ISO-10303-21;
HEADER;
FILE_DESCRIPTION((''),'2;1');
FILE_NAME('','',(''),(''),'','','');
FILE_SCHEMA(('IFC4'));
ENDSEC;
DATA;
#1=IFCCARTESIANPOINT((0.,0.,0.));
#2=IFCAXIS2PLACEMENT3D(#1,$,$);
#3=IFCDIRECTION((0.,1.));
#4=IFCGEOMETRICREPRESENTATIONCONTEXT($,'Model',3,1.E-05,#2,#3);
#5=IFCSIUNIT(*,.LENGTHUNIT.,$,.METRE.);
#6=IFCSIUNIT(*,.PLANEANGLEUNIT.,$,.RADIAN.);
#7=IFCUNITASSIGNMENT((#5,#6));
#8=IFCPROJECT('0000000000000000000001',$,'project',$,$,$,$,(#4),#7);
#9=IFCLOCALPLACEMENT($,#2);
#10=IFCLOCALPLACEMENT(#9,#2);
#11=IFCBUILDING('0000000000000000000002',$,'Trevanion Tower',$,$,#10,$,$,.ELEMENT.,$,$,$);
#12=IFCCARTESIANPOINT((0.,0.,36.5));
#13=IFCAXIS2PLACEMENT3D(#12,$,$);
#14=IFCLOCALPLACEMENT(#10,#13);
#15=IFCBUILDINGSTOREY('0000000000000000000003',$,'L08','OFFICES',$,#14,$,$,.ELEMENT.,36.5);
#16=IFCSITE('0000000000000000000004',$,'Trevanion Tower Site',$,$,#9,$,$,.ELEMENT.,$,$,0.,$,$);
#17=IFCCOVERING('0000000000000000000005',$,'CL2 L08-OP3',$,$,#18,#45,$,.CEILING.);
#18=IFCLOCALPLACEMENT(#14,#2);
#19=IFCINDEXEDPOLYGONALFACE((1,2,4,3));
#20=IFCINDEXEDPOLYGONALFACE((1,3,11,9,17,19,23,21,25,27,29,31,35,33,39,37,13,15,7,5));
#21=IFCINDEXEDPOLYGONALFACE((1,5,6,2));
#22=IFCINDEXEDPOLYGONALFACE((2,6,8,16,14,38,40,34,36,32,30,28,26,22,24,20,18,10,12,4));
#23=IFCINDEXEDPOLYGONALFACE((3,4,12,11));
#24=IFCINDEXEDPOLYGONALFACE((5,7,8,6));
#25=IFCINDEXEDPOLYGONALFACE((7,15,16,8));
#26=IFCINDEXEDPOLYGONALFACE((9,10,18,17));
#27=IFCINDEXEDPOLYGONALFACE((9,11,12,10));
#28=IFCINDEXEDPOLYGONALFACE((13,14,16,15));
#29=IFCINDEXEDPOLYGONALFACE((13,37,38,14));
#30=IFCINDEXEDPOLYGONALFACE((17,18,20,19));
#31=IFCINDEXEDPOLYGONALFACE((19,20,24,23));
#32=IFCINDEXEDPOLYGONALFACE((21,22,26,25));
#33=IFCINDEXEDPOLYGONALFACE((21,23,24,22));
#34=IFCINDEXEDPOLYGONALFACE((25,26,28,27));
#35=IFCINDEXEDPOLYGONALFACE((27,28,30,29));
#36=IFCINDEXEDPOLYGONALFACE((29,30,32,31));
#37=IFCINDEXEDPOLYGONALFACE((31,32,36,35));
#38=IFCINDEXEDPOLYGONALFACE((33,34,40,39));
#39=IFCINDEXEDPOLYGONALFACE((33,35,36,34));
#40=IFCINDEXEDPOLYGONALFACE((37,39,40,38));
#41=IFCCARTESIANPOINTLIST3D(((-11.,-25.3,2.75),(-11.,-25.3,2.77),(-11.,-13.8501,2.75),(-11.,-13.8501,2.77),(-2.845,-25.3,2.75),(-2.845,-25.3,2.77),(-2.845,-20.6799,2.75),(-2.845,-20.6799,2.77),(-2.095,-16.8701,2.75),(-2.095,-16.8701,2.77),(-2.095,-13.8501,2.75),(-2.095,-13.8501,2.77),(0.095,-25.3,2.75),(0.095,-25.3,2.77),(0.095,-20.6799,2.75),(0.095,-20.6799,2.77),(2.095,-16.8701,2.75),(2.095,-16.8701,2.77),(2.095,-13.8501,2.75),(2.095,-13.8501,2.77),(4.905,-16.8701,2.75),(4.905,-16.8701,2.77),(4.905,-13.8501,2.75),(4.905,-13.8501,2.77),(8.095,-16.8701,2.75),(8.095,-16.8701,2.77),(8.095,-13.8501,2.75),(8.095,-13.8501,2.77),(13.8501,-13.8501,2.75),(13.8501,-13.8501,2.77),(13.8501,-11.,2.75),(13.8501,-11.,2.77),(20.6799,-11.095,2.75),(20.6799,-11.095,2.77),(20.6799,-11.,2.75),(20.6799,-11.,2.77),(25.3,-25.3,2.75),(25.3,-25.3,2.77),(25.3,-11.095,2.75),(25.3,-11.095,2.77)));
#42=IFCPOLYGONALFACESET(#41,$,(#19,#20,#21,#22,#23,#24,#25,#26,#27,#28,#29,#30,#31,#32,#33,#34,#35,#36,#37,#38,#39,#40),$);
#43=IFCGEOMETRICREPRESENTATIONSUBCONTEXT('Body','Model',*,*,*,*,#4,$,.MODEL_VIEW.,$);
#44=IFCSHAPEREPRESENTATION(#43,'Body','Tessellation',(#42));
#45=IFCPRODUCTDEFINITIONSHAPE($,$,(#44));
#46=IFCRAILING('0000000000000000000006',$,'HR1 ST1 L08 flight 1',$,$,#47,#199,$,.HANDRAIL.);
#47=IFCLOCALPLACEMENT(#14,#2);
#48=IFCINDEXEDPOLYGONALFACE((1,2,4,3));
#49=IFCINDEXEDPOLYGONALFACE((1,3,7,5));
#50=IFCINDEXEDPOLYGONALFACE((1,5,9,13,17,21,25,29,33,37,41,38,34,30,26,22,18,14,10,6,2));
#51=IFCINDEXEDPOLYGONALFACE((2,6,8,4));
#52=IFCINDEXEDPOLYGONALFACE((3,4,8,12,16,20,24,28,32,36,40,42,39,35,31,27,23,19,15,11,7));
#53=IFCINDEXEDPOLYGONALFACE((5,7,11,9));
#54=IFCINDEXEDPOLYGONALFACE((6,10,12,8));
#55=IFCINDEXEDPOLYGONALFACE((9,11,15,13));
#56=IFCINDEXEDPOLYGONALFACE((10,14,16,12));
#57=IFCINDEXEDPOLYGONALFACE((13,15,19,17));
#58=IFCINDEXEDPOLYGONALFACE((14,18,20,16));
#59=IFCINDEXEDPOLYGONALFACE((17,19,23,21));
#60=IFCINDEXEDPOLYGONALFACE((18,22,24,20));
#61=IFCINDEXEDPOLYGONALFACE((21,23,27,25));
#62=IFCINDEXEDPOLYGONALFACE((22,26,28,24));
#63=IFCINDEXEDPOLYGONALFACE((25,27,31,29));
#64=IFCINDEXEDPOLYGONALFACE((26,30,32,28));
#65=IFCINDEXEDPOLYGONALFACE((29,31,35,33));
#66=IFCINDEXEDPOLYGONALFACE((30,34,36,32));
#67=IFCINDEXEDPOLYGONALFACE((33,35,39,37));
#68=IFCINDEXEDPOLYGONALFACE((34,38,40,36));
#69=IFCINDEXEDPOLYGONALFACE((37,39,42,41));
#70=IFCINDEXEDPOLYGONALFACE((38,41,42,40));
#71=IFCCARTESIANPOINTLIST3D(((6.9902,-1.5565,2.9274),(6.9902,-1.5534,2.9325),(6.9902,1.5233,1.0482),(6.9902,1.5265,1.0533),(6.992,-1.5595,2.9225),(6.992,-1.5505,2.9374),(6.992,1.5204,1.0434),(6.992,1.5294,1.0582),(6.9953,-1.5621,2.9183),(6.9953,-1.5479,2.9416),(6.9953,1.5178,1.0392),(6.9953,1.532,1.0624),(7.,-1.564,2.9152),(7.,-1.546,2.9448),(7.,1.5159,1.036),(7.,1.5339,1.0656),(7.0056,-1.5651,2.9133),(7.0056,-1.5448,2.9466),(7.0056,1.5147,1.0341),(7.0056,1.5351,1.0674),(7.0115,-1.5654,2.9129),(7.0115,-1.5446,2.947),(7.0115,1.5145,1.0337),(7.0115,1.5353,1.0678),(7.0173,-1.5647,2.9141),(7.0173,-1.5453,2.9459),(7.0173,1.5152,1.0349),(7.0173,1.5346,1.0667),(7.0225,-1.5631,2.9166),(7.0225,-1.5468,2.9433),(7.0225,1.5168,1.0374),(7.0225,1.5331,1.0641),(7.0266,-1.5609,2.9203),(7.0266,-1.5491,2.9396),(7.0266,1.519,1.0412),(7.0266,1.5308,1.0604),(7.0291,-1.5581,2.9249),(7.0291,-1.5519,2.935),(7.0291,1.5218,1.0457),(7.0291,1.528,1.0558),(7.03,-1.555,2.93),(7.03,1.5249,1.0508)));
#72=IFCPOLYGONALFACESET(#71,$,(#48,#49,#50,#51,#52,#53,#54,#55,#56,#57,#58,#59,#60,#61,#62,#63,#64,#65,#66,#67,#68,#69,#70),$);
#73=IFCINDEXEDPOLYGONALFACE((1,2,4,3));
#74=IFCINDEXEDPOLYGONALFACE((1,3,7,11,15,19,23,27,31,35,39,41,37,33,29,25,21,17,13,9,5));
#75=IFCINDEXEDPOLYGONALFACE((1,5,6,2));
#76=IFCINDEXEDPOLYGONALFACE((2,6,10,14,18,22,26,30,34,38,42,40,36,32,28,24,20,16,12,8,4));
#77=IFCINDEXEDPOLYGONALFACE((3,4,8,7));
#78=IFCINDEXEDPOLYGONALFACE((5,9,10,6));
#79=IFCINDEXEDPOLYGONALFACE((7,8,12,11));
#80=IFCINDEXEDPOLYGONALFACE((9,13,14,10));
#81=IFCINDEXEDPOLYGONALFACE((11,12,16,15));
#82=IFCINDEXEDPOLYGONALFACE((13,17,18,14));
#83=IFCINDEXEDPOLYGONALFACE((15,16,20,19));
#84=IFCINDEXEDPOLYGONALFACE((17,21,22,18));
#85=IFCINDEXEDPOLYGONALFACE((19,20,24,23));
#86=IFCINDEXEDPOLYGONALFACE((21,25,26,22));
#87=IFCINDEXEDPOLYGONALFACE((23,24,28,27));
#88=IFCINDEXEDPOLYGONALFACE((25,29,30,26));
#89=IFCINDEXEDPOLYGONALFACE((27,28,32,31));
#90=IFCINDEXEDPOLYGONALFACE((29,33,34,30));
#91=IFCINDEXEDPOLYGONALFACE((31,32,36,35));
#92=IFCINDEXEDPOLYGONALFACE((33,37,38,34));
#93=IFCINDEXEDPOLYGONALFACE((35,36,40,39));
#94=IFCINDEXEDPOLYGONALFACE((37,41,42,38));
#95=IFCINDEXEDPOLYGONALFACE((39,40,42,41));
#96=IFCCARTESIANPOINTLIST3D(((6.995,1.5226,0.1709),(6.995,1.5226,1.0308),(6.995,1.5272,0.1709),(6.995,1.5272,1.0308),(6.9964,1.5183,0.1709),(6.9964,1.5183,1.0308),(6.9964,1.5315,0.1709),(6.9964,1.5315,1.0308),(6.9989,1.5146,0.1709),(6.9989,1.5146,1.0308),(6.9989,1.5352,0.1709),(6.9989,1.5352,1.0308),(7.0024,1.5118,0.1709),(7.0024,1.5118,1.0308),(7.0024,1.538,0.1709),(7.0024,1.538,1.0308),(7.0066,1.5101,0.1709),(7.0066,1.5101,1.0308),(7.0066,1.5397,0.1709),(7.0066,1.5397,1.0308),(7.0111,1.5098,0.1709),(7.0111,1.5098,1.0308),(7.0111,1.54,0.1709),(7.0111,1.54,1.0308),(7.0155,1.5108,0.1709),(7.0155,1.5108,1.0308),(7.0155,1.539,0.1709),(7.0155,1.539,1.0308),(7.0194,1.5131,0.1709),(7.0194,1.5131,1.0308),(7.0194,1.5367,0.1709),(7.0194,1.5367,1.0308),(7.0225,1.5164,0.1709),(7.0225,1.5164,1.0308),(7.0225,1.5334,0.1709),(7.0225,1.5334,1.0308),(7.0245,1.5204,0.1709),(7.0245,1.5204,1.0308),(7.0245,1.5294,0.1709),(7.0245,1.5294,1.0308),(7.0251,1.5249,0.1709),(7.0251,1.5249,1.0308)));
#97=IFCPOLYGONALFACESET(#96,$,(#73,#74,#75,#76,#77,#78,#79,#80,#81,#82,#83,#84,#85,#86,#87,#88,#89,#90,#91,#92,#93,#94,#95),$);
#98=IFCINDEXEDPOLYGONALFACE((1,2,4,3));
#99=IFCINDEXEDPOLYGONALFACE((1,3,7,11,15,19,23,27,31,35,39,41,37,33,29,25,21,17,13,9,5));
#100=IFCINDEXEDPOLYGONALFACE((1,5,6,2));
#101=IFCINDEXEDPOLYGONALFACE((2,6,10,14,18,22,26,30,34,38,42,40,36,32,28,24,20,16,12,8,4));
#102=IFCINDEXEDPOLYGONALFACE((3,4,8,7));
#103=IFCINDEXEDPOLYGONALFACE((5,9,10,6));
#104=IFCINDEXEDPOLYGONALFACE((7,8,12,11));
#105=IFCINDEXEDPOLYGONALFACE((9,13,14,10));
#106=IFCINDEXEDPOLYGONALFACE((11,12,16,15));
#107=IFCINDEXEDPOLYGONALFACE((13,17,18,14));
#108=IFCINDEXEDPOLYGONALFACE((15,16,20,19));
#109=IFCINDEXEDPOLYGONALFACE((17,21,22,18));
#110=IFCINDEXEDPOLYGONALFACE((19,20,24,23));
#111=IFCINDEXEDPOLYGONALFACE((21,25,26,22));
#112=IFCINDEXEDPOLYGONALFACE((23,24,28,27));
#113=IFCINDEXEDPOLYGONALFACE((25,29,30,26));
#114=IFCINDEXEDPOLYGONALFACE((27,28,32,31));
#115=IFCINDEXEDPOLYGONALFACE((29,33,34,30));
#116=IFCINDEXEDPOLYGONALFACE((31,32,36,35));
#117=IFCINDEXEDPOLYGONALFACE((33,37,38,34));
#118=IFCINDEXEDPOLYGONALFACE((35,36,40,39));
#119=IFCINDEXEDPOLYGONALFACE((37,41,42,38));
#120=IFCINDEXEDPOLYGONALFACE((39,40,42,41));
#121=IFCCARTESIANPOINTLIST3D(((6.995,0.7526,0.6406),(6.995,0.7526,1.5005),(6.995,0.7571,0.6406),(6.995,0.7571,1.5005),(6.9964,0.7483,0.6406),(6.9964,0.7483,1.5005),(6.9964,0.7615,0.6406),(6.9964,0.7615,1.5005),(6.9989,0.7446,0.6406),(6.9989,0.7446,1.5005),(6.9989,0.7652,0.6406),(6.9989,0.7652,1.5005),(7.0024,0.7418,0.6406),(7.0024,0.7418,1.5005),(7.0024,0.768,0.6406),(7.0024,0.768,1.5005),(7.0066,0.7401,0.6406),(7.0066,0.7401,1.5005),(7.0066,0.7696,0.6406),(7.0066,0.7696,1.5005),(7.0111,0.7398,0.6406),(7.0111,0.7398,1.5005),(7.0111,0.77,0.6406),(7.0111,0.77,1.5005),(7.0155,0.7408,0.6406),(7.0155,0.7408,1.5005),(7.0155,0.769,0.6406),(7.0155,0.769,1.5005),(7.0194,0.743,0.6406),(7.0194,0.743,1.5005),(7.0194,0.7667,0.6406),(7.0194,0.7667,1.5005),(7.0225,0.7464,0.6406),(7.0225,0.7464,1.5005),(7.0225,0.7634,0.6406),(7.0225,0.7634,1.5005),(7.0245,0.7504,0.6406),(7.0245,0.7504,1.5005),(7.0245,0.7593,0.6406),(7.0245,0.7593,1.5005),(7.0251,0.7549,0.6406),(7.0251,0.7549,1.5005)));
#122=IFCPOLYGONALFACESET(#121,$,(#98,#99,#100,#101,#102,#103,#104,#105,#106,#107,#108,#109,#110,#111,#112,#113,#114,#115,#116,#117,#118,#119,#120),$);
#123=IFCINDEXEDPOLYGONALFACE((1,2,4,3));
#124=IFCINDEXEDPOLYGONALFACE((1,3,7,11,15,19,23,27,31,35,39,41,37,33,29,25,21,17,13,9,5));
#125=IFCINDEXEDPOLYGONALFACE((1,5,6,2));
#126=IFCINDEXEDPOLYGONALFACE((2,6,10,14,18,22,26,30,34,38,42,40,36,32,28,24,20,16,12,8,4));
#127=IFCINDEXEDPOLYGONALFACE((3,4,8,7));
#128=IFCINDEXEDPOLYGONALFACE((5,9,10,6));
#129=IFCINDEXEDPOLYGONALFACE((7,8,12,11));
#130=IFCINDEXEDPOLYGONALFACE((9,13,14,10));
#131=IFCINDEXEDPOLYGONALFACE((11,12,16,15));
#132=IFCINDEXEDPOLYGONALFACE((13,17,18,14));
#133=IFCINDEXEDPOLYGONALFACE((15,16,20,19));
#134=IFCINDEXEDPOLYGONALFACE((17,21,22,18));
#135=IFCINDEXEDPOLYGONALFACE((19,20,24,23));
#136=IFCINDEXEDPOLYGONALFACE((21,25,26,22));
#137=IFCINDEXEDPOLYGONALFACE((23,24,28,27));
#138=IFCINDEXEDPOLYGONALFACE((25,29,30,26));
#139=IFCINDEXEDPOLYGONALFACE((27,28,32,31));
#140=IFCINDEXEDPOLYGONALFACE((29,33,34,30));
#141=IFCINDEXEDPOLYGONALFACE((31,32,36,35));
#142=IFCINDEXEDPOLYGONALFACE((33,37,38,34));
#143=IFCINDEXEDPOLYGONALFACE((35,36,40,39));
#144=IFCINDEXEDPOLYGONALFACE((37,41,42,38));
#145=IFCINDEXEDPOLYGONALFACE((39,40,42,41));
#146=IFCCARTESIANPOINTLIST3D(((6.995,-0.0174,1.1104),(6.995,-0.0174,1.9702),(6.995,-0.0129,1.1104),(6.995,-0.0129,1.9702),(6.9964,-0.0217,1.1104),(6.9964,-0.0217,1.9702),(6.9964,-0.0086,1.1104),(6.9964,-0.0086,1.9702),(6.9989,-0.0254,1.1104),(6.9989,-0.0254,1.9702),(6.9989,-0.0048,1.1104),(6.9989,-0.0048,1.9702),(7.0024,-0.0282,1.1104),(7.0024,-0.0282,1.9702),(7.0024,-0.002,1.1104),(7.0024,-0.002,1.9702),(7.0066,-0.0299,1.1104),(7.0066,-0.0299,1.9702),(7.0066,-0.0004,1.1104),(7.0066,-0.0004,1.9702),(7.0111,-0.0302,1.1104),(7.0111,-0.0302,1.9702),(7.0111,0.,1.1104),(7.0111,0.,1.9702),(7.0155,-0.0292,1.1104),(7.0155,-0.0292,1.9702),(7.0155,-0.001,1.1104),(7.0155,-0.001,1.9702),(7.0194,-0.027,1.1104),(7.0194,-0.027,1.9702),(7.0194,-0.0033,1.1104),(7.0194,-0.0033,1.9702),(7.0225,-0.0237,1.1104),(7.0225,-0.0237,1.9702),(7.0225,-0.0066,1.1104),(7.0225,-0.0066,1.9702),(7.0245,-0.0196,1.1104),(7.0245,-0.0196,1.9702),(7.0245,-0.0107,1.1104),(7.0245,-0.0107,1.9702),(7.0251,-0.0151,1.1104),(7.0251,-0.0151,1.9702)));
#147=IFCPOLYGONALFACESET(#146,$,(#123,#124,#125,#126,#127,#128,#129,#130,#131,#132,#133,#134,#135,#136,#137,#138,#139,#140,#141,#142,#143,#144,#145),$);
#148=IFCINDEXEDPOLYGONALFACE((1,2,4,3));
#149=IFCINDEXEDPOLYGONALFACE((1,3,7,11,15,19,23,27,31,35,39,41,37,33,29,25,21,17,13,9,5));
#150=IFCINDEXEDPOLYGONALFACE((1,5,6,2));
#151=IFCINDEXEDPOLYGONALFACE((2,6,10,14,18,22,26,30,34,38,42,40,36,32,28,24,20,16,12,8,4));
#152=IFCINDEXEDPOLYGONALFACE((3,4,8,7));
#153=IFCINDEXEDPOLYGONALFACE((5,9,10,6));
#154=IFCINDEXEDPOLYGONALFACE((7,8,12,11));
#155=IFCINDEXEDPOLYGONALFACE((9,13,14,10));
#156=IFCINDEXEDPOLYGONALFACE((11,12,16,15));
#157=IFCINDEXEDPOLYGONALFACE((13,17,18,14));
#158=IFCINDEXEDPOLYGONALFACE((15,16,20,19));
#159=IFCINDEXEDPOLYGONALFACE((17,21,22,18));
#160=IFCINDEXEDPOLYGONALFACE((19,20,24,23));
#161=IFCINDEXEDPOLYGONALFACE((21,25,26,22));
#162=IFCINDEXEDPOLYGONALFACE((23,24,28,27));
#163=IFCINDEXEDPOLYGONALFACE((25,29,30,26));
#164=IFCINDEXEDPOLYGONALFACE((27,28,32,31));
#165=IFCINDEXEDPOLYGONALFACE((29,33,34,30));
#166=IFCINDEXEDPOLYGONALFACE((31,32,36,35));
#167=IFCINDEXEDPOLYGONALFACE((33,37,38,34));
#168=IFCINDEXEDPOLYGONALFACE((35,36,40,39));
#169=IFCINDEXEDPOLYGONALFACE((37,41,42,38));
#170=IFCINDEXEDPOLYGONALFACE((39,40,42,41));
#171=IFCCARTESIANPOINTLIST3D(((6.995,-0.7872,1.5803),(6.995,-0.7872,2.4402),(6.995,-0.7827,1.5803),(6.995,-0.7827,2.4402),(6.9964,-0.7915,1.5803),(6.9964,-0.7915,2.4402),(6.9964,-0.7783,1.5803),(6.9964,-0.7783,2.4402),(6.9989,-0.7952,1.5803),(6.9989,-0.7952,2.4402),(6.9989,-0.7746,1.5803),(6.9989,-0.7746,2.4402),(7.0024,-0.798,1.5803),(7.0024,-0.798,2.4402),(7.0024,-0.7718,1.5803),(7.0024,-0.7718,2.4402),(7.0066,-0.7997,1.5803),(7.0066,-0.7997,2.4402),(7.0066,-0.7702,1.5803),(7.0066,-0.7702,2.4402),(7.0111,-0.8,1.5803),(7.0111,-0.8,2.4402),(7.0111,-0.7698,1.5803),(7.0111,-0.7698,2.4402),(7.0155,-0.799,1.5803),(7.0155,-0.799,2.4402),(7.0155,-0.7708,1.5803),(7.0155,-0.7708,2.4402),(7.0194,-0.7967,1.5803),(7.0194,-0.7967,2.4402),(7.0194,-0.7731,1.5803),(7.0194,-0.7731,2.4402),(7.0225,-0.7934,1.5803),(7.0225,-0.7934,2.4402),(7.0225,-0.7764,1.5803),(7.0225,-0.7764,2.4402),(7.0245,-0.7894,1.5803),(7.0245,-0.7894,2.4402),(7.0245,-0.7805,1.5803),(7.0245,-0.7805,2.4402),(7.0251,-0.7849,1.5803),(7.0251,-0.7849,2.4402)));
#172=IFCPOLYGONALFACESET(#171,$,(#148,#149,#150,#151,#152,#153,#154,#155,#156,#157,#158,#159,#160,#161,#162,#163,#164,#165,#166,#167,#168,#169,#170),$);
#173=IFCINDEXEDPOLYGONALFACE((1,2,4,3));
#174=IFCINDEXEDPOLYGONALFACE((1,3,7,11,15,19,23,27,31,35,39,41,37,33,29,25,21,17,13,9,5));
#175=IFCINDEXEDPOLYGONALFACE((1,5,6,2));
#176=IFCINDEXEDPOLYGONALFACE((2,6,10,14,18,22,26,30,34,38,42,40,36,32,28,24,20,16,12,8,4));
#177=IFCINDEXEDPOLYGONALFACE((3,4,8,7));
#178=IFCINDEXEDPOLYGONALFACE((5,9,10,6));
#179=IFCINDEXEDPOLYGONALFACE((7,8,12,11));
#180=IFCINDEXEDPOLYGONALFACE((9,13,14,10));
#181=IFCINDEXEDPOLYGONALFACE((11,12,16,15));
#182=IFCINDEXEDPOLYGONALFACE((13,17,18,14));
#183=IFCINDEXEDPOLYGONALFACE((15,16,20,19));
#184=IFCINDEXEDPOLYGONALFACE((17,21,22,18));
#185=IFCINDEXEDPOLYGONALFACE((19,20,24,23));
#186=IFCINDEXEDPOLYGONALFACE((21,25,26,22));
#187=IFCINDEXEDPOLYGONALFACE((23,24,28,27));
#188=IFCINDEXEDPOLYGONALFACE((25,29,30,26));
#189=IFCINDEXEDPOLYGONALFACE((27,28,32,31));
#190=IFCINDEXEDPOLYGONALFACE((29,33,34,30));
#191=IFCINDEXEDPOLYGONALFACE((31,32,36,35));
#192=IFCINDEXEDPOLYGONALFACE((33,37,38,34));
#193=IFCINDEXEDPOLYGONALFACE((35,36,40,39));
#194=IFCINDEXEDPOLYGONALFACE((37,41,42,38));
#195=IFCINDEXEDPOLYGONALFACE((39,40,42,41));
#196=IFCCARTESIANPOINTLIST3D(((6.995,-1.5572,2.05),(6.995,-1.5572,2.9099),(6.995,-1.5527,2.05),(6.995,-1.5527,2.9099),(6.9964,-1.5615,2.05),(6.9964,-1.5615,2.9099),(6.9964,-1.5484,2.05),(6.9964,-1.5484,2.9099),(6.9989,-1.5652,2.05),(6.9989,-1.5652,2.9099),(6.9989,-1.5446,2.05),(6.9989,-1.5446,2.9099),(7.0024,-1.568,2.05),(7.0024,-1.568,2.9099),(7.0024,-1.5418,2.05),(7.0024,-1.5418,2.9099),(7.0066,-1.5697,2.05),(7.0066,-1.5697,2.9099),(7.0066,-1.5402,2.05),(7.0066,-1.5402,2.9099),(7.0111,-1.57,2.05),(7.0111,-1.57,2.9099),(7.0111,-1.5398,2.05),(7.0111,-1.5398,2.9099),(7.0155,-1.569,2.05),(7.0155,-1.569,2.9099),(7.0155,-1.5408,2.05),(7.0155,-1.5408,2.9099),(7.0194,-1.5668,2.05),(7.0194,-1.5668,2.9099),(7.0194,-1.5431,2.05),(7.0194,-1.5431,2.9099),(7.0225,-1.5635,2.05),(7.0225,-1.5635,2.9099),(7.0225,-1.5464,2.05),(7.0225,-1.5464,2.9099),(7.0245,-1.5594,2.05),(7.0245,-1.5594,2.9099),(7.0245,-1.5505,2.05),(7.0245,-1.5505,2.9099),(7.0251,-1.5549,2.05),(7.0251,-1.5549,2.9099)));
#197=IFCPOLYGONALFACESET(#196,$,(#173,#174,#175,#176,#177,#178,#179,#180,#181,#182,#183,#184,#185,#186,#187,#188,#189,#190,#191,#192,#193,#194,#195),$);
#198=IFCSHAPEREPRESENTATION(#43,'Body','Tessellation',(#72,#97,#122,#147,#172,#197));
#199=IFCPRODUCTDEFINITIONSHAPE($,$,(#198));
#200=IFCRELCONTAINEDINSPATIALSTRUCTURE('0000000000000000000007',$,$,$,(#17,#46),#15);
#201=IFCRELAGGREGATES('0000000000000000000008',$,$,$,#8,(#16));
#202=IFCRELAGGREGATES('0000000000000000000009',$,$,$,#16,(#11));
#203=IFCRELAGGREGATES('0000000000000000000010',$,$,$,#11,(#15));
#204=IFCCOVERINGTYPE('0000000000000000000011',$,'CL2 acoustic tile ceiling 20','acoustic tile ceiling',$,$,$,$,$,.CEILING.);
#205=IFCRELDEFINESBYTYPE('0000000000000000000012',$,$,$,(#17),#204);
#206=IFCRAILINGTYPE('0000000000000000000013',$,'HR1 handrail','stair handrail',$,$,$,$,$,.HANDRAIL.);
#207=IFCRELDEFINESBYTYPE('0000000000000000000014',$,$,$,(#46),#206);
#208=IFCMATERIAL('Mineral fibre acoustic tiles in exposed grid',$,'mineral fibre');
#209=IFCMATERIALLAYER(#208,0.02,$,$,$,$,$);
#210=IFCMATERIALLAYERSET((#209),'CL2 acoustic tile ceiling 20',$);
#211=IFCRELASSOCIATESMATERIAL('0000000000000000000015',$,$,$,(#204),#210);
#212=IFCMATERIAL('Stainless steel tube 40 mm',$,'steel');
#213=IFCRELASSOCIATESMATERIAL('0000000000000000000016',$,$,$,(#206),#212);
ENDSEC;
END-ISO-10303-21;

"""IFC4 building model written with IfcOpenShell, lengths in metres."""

from ifc_helpers import new_model, si_unit, direction, frame, origin, origin_2d, place, context, subcontext, project, spatial, polyline, circle, outline, extrude, material, layer, layer_set, type_object, element, save


model = new_model("IFC4")

# Units and contexts
model_context = context("Model", 3, precision=1e-05, world=origin(), true_north=direction((0.0, 1.0)))
body_context = subcontext(model_context, "Body", "Model", "MODEL_VIEW")
ifc_project = project(units=[si_unit("LENGTHUNIT", "METRE"), si_unit("PLANEANGLEUNIT", "RADIAN")], contexts=[model_context])

# Site, building, storey
site_placement = place(None, origin())
site = spatial("IfcSite", under=ifc_project, at=site_placement, Name="Trevanion Tower Site", CompositionType="ELEMENT", RefElevation=0.0)
building_placement = place(site_placement, origin())
building = spatial("IfcBuilding", under=site, at=building_placement, Name="Trevanion Tower", CompositionType="ELEMENT")
storey_placement = place(building_placement, frame((0.0, 0.0, 36.5)))
storey = spatial("IfcBuildingStorey", under=building, at=storey_placement, Name="L08", Description="OFFICES", CompositionType="ELEMENT", Elevation=36.5)

# Covering
ifc_material_1 = material(Name="Mineral fibre acoustic tiles in exposed grid", Category="mineral fibre")
ifc_layer_1 = layer(ifc_material_1, 0.02)
ifc_layer_set_1 = layer_set([ifc_layer_1], Name="CL2 acoustic tile ceiling 20")
covering_type = type_object("IfcCoveringType", Name="CL2 acoustic tile ceiling 20", Description="acoustic tile ceiling", PredefinedType="CEILING", material=ifc_layer_set_1)
covering_placement = place(storey_placement, frame((0.0, 0.0, 2.75)))
element("IfcCovering", 1, at=covering_placement, inside=storey, type_object=covering_type, Name="CL2 L08-OP3", PredefinedType="CEILING", context=body_context, shape_type="SweptSolid", body=[
    extrude(outline(polyline([(-2.095, -13.8501), (-2.095, -16.8701), (2.095, -16.8701), (2.095, -13.8501), (4.905, -13.8501), (4.905, -16.8701), (8.095, -16.8701), (8.095, -13.8501), (13.8501, -13.8501), (13.8501, -11.0), (20.6799, -11.0), (20.6799, -11.095), (25.3, -11.095), (25.3, -25.3), (0.095, -25.3), (0.095, -20.6799), (-2.845, -20.6799), (-2.845, -25.3), (-11.0, -25.3), (-11.0, -13.8501), (-2.095, -13.8501)])), origin(), (0.0, 0.0, 1.0), 0.02),
])

# Railing
ifc_material_2 = material(Name="Stainless steel tube 40 mm", Category="steel")
railing_type = type_object("IfcRailingType", Name="HR1 handrail", Description="stair handrail", PredefinedType="HANDRAIL", material=ifc_material_2)
for number, where, name in (
    (2, (7.01, 1.5249, 0.1709), "HR1 ST1 L08 flight 1"),
):
    element("IfcRailing", number, at=place(storey_placement, frame(where)), inside=storey, type_object=railing_type, Name=name, PredefinedType="HANDRAIL", context=body_context, shape_type="SweptSolid", body=[
        extrude(circle(Radius=0.02, at=origin_2d()), frame((0.0, 0.0, 0.8799), z_axis=(0.0, -0.853648, 0.52085), x_axis=(1.0, 0.0, 0.0)), (0.0, 0.0, 1.0), 3.6079),
        extrude(circle(Radius=0.0151, at=origin_2d()), origin(), (0.0, 0.0, 1.0), 0.8599),
        extrude(circle(Radius=0.0151, at=origin_2d()), frame((0.0, -0.77, 0.4697)), (0.0, 0.0, 1.0), 0.8599),
        extrude(circle(Radius=0.0151, at=origin_2d()), frame((0.0, -1.54, 0.9395)), (0.0, 0.0, 1.0), 0.8599),
        extrude(circle(Radius=0.0151, at=origin_2d()), frame((0.0, -2.3098, 1.4094)), (0.0, 0.0, 1.0), 0.8599),
        extrude(circle(Radius=0.0151, at=origin_2d()), frame((0.0, -3.0798, 1.8792)), (0.0, 0.0, 1.0), 0.8599),
    ])

save(model, "model.ifc")
